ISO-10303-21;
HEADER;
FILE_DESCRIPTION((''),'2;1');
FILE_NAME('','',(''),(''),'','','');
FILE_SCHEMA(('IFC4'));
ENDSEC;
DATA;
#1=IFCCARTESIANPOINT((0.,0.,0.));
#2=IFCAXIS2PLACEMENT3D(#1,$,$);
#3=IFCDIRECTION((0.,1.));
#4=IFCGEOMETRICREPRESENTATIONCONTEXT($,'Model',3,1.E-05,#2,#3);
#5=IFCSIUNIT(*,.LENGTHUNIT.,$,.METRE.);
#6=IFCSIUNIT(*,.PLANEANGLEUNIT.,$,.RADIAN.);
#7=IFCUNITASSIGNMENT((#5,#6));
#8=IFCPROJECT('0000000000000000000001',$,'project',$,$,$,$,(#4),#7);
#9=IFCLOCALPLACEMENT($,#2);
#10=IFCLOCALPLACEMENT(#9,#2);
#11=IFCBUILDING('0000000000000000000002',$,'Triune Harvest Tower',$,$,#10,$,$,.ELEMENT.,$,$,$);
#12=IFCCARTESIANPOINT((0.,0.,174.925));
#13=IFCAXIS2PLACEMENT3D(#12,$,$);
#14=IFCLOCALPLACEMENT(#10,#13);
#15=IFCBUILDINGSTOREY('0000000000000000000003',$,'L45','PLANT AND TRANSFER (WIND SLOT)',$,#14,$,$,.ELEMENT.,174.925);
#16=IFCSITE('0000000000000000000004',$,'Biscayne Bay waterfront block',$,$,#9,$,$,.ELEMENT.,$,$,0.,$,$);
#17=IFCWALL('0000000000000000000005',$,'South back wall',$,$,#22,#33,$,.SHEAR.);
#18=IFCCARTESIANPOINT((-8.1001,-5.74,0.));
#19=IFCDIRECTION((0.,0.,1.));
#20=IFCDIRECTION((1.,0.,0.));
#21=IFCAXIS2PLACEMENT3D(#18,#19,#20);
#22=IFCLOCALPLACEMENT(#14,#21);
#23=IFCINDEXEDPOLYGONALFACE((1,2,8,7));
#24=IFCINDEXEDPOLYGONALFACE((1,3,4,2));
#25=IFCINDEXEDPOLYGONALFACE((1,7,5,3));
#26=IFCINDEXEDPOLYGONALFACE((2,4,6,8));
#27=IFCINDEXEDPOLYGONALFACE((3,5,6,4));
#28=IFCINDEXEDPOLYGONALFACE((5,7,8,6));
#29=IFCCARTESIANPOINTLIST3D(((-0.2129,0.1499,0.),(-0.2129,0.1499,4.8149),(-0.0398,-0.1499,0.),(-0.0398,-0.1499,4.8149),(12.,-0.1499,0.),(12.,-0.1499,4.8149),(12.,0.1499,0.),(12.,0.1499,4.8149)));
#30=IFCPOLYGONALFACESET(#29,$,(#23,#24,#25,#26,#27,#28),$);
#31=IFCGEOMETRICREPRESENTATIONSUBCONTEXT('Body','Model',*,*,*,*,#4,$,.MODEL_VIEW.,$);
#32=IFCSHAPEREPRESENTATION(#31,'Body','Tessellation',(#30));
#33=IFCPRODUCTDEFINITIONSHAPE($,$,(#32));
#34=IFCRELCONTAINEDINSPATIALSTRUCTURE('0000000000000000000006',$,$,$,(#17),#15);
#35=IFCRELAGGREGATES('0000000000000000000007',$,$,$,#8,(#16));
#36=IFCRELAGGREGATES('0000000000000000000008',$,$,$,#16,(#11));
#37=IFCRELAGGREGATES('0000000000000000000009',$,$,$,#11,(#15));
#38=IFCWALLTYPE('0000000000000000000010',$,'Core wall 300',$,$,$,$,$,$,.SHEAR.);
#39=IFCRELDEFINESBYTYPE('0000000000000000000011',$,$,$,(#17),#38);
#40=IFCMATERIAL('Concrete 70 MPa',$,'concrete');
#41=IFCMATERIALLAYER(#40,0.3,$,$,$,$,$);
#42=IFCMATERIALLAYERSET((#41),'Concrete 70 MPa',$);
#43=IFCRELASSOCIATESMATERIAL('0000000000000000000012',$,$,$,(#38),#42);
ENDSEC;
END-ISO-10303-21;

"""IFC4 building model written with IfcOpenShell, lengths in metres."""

from ifc_helpers import new_model, si_unit, direction, frame, origin, place, context, subcontext, project, spatial, polyline, outline, extrude, material, layer, layer_set, type_object, element, save


model = new_model("IFC4")

# Units and contexts
model_context = context("Model", 3, precision=1e-05, world=origin(), true_north=direction((0.0, 1.0)))
body_context = subcontext(model_context, "Body", "Model", "MODEL_VIEW")
ifc_project = project(units=[si_unit("LENGTHUNIT", "METRE"), si_unit("PLANEANGLEUNIT", "RADIAN")], contexts=[model_context])

# Site, building, storey
site_placement = place(None, origin())
site = spatial("IfcSite", under=ifc_project, at=site_placement, Name="Biscayne Bay waterfront block", CompositionType="ELEMENT", RefElevation=0.0)
building_placement = place(site_placement, origin())
building = spatial("IfcBuilding", under=site, at=building_placement, Name="Triune Harvest Tower", CompositionType="ELEMENT")
storey_placement = place(building_placement, frame((0.0, 0.0, 174.925)))
storey = spatial("IfcBuildingStorey", under=building, at=storey_placement, Name="L45", Description="PLANT AND TRANSFER (WIND SLOT)", CompositionType="ELEMENT", Elevation=174.925)

# Shared definitions
ifc_material_1 = material(Name="Concrete 70 MPa", Category="concrete")
ifc_layer_1 = layer(ifc_material_1, 0.3)
ifc_layer_set_1 = layer_set([ifc_layer_1], Name="Concrete 70 MPa")
wall_type_1 = type_object("IfcWallType", Name="Core wall 300", PredefinedType="SHEAR", material=ifc_layer_set_1)

# Wall
wall_1_placement = place(storey_placement, frame((-8.1001, -5.74, 0.0), z_axis=(0.0, 0.0, 1.0), x_axis=(1.0, 0.0, 0.0)))
element("IfcWall", 1, at=wall_1_placement, inside=storey, type_object=wall_type_1, Name="South back wall", PredefinedType="SHEAR", context=body_context, shape_type="SweptSolid", body=[
    extrude(outline(polyline([(12.0, -0.1499), (-0.0398, -0.1499), (-0.2129, 0.1499), (12.0, 0.1499), (12.0, -0.1499)])), origin(), (0.0, 0.0, 1.0), 4.8149),
])

save(model, "model.ifc")
